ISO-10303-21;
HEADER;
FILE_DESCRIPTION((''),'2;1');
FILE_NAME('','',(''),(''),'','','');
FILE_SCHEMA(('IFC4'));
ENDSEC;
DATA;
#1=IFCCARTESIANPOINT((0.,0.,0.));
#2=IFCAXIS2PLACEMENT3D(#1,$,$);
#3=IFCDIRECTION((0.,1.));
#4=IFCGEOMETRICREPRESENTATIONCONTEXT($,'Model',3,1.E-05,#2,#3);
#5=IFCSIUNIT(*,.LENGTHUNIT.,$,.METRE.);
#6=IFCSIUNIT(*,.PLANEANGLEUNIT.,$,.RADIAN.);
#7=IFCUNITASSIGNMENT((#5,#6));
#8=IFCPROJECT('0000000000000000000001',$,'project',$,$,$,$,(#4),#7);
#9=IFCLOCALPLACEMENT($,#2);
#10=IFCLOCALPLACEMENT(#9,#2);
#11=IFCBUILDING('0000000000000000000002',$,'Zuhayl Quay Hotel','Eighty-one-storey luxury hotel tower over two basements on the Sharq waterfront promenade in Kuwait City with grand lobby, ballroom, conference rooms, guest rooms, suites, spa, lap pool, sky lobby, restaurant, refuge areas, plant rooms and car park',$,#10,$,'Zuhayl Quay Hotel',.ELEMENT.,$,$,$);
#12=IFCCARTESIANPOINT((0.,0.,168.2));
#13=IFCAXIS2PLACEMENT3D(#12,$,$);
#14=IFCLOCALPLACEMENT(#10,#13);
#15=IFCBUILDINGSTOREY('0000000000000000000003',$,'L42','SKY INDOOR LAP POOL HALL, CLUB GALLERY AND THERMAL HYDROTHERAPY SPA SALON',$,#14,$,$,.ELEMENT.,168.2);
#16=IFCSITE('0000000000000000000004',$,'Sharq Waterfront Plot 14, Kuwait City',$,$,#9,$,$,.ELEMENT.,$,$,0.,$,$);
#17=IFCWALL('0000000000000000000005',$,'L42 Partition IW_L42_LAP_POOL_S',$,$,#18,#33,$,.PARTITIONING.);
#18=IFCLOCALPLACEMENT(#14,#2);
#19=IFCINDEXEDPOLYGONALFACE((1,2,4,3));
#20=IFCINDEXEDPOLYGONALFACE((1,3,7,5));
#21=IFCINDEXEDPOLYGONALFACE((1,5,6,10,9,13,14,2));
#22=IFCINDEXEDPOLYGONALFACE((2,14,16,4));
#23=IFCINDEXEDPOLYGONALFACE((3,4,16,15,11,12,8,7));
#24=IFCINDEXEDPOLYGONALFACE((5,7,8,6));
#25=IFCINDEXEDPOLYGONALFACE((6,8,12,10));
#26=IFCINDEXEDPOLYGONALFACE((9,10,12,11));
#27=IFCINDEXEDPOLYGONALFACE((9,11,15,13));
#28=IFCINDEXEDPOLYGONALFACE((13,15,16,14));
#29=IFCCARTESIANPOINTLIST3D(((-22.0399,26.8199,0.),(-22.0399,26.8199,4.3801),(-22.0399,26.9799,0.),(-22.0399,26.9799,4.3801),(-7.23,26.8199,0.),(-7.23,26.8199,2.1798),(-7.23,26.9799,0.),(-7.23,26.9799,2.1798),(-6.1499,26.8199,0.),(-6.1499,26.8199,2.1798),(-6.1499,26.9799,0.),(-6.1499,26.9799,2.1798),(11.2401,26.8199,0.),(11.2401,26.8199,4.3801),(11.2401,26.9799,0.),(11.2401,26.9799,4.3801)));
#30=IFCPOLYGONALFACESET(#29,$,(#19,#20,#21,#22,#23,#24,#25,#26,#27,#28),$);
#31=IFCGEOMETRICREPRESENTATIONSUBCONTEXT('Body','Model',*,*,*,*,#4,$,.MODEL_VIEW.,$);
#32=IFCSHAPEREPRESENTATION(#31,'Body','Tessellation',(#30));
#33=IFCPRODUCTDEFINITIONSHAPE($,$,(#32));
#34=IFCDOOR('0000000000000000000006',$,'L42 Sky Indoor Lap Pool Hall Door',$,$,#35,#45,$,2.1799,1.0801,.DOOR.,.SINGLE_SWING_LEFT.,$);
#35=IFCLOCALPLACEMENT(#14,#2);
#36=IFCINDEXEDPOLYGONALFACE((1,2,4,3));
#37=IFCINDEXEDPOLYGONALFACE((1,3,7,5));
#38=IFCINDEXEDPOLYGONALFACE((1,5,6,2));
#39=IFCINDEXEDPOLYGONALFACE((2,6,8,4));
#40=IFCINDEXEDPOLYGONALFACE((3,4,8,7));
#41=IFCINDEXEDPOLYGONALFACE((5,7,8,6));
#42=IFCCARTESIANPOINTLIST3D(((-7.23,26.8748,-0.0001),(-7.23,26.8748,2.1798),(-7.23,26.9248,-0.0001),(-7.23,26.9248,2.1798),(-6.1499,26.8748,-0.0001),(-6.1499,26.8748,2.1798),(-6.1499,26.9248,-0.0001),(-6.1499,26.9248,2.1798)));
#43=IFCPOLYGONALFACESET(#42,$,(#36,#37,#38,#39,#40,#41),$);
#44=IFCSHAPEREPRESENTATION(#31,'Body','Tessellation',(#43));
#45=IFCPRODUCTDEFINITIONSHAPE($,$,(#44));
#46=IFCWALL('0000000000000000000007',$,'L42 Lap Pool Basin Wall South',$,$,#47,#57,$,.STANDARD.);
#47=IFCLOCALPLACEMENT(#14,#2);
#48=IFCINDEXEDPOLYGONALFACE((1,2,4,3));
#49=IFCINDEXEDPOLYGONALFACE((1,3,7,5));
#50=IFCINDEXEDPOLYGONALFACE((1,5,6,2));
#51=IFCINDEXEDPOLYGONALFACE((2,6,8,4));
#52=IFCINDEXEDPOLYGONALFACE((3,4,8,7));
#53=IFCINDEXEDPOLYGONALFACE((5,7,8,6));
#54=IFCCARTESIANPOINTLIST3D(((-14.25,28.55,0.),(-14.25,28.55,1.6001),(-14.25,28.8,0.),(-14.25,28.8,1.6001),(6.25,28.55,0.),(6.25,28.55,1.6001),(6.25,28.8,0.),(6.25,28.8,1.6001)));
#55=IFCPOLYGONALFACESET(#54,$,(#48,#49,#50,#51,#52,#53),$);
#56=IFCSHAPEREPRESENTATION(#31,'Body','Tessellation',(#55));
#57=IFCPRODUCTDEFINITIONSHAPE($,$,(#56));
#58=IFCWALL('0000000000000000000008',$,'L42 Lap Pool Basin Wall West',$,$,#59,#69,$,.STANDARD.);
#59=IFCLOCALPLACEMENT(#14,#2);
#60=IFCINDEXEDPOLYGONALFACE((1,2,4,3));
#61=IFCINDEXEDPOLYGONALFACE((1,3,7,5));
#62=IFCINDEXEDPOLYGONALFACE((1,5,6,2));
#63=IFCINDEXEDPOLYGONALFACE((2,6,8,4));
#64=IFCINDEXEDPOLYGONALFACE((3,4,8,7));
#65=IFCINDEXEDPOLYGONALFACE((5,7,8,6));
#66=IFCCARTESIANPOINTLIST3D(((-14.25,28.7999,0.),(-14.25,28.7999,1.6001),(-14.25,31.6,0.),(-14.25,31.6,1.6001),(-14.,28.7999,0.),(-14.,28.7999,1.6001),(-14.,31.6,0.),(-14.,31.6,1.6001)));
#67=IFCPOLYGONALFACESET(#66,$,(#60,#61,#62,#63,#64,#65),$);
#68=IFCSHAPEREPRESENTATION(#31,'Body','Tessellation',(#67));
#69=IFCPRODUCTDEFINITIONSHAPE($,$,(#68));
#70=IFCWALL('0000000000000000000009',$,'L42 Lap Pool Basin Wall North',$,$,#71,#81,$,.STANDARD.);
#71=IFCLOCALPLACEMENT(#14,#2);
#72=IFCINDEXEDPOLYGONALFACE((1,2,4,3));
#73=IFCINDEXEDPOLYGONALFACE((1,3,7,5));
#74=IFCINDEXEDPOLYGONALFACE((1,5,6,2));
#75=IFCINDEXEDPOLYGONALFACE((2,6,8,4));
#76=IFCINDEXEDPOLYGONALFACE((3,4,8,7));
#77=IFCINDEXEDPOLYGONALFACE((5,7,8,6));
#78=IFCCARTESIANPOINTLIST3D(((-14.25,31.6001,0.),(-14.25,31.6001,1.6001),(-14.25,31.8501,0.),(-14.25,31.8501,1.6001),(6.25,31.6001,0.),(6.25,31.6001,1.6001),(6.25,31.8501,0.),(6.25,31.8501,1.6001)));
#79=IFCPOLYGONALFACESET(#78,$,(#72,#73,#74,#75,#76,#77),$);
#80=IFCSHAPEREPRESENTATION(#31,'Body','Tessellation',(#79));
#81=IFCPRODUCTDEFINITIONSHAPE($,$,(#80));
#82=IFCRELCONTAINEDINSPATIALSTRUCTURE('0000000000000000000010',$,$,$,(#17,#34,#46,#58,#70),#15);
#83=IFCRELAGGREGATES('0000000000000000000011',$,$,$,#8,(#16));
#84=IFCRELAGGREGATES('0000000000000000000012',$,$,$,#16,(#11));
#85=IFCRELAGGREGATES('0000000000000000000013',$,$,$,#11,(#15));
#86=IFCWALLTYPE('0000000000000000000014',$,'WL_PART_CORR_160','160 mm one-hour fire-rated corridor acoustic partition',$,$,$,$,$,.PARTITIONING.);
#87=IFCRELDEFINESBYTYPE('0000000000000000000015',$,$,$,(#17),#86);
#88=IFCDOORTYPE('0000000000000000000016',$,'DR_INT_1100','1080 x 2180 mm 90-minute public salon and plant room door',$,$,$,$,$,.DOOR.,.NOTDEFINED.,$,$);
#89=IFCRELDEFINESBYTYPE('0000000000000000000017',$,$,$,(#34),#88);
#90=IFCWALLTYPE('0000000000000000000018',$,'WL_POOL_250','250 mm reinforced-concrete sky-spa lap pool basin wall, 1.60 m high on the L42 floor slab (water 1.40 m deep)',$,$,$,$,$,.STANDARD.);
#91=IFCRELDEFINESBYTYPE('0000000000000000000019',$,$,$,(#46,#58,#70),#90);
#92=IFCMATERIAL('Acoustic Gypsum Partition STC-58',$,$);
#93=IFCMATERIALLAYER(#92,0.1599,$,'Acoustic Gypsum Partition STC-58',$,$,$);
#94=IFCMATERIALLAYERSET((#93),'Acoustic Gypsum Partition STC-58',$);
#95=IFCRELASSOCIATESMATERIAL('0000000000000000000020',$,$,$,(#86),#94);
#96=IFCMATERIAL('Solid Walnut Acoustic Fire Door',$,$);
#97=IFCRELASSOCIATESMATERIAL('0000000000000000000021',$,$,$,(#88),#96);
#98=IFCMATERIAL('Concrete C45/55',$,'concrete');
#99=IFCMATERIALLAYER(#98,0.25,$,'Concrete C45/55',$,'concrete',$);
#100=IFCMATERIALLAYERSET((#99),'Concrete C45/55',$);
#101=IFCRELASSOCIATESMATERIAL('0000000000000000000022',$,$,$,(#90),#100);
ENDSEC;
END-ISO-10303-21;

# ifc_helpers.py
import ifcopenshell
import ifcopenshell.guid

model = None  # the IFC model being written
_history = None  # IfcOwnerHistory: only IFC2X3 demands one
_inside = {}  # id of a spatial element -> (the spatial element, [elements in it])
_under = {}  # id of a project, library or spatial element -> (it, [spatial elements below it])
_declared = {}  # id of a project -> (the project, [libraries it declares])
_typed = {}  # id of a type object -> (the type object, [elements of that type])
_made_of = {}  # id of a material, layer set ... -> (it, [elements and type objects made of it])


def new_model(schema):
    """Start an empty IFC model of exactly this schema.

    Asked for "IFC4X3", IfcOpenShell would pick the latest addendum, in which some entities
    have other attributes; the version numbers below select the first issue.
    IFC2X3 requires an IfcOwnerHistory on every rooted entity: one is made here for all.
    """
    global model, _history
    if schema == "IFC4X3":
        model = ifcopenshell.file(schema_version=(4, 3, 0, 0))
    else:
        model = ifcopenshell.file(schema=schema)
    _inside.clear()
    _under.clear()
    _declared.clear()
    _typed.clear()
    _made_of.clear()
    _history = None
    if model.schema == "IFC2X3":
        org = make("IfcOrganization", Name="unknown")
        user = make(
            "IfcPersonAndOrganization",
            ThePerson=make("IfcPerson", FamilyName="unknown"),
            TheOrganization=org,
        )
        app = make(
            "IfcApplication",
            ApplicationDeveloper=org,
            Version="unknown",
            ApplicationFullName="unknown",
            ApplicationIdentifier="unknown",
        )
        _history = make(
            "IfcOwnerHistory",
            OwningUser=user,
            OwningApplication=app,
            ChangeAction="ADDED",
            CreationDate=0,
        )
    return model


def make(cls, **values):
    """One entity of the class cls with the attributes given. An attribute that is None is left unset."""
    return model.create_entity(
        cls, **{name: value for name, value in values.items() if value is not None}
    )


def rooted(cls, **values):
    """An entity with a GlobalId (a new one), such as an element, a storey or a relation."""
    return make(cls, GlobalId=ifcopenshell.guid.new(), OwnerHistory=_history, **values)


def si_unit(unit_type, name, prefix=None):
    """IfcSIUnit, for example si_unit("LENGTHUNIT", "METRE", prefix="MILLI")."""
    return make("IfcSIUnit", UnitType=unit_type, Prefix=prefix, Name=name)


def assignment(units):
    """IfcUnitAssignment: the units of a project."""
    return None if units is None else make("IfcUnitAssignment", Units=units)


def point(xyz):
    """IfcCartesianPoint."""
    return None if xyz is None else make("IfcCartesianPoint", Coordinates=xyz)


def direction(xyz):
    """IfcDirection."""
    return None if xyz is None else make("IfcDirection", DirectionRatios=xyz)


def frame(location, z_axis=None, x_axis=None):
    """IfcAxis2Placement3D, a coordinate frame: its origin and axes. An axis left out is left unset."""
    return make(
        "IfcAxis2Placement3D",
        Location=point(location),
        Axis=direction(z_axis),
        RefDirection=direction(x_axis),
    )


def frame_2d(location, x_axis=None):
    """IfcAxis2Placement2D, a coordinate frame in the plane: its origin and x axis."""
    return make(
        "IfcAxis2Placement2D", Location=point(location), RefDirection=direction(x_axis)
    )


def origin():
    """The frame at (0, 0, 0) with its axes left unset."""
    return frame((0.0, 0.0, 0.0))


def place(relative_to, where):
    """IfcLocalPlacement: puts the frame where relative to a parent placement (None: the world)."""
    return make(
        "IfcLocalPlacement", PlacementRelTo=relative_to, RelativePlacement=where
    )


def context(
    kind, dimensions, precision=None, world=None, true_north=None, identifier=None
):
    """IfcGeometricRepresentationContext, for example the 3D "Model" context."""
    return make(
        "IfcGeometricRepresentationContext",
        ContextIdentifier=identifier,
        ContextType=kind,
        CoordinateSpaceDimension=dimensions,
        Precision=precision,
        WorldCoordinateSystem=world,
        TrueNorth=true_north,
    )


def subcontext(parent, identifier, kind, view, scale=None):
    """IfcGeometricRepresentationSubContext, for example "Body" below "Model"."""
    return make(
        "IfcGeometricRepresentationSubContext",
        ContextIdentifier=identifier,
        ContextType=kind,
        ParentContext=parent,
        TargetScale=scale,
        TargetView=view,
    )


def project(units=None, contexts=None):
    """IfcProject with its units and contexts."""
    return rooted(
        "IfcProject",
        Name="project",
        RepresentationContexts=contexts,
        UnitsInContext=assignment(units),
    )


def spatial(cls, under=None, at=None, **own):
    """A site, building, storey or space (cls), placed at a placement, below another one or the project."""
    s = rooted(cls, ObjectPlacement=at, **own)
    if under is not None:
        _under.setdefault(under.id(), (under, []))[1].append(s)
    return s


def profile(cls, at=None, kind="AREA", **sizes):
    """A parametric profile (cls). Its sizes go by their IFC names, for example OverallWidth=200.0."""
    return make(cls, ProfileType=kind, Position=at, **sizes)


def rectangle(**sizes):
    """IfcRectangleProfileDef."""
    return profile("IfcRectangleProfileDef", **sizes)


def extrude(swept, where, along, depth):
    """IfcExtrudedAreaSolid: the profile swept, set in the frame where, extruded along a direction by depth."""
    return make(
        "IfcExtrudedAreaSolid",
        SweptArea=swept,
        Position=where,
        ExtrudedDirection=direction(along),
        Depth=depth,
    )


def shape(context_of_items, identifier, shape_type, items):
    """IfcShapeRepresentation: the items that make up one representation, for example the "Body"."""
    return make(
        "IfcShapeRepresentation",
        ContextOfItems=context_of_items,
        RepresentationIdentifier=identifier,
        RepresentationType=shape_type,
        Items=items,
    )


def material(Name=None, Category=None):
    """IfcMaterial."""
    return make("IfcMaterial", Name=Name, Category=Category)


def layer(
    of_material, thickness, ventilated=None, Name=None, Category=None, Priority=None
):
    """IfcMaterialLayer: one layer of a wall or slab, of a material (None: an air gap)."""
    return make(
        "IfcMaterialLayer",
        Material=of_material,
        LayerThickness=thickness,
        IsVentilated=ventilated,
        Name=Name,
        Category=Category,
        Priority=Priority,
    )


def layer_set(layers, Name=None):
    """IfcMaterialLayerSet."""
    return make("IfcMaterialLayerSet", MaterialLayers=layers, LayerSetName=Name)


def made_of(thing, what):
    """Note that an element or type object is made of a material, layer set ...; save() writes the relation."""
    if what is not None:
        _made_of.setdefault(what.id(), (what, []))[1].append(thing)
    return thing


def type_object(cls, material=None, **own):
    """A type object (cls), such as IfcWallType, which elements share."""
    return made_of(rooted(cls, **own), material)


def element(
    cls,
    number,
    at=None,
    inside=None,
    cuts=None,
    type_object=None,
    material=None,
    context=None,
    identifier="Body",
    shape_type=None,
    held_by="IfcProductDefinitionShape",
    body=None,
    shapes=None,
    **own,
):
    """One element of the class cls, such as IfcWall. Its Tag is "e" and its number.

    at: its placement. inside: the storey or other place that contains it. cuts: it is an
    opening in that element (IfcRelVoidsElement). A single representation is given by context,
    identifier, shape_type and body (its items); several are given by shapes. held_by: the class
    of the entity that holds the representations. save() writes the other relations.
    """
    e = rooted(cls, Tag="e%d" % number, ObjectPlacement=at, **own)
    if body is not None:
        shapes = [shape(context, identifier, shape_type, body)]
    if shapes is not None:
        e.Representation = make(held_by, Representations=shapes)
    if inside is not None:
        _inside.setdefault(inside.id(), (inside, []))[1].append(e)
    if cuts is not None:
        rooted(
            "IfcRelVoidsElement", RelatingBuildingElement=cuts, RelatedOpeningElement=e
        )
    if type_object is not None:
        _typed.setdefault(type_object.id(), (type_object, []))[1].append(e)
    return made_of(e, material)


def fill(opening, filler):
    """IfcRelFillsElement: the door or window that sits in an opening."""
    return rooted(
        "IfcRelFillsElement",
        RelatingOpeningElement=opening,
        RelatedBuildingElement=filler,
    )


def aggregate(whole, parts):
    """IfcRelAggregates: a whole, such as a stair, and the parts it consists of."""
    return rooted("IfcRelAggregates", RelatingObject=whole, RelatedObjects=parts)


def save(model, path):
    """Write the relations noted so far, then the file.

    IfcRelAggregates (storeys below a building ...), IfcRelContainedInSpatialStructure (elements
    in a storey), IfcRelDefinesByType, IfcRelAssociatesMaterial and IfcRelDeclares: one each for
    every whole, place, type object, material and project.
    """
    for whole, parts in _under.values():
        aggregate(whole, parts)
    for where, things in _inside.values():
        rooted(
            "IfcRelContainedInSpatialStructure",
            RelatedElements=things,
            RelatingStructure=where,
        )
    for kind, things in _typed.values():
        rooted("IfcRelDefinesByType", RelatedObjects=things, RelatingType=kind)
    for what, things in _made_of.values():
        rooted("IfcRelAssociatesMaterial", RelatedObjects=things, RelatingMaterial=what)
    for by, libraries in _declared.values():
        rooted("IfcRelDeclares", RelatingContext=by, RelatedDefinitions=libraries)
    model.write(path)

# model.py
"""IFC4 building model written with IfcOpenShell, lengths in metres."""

from ifc_helpers import new_model, si_unit, direction, frame, frame_2d, origin, place, context, subcontext, project, spatial, rectangle, extrude, material, layer, layer_set, type_object, element, fill, save


model = new_model("IFC4")

# Units and contexts
model_context = context("Model", 3, precision=1e-05, world=origin(), true_north=direction((0.0, 1.0)))
body_context = subcontext(model_context, "Body", "Model", "MODEL_VIEW")
ifc_project = project(units=[si_unit("LENGTHUNIT", "METRE"), si_unit("PLANEANGLEUNIT", "RADIAN")], contexts=[model_context])

# Site, building, storey
site_placement = place(None, origin())
site = spatial("IfcSite", under=ifc_project, at=site_placement, Name="Sharq Waterfront Plot 14, Kuwait City", CompositionType="ELEMENT", RefElevation=0.0)
building_placement = place(site_placement, origin())
building = spatial("IfcBuilding", under=site, at=building_placement, Name="Zuhayl Quay Hotel", Description="Eighty-one-storey luxury hotel tower over two basements on the Sharq waterfront promenade in Kuwait City with grand lobby, ballroom, conference rooms, guest rooms, suites, spa, lap pool, sky lobby, restaurant, refuge areas, plant rooms and car park", LongName="Zuhayl Quay Hotel", CompositionType="ELEMENT")
storey_placement = place(building_placement, frame((0.0, 0.0, 168.2)))
storey = spatial("IfcBuildingStorey", under=building, at=storey_placement, Name="L42", Description="SKY INDOOR LAP POOL HALL, CLUB GALLERY AND THERMAL HYDROTHERAPY SPA SALON", CompositionType="ELEMENT", Elevation=168.2)

# Shared definitions
ifc_material_1 = material(Name="Acoustic Gypsum Partition STC-58")

# Wall, opening, door
ifc_layer_1 = layer(ifc_material_1, 0.1599, Name="Acoustic Gypsum Partition STC-58")
ifc_layer_set_1 = layer_set([ifc_layer_1], Name="Acoustic Gypsum Partition STC-58")
wall_type_1 = type_object("IfcWallType", Name="WL_PART_CORR_160", Description="160 mm one-hour fire-rated corridor acoustic partition", PredefinedType="PARTITIONING", material=ifc_layer_set_1)
wall_1_placement = place(storey_placement, frame((-22.04, 26.8999, 0.0), z_axis=(0.0, 0.0, 1.0), x_axis=(1.0, 0.0, 0.0)))
wall_1 = element("IfcWall", 1, at=wall_1_placement, inside=storey, type_object=wall_type_1, Name="L42 Partition IW_L42_LAP_POOL_S", PredefinedType="PARTITIONING", context=body_context, shape_type="SweptSolid", body=[
    extrude(rectangle(XDim=33.28, YDim=0.1599, at=frame_2d((16.6401, 0.0))), origin(), (0.0, 0.0, 1.0), 4.3801),
])
opening_1_placement = place(wall_1_placement, frame((14.8101, 0.0, 0.0)))
opening_1 = element("IfcOpeningElement", 2, at=opening_1_placement, cuts=wall_1, PredefinedType="OPENING", context=body_context, shape_type="SweptSolid", body=[
    extrude(rectangle(XDim=1.0801, YDim=2.1799, at=frame_2d((0.54, 1.0898))), frame((0.0, 0.0898, 0.0), z_axis=(0.0, -1.0, 0.0), x_axis=(1.0, 0.0, 0.0)), (0.0, 0.0, 1.0), 0.1799),
])
ifc_material_2 = material(Name="Solid Walnut Acoustic Fire Door")
door_type = type_object("IfcDoorType", Name="DR_INT_1100", Description="1080 x 2180 mm 90-minute public salon and plant room door", OperationType="NOTDEFINED", PredefinedType="DOOR", material=ifc_material_2)
door_placement = place(opening_1_placement, origin())
door = element("IfcDoor", 3, at=door_placement, inside=storey, type_object=door_type, Name="L42 Sky Indoor Lap Pool Hall Door", OperationType="SINGLE_SWING_LEFT", OverallHeight=2.1799, OverallWidth=1.0801, PredefinedType="DOOR", context=body_context, shape_type="SweptSolid", body=[
    extrude(rectangle(XDim=1.0801, YDim=2.1799, at=frame_2d((0.54, 1.0898))), frame((0.0, 0.0249, 0.0), z_axis=(0.0, -1.0, 0.0), x_axis=(1.0, 0.0, 0.0)), (0.0, 0.0, 1.0), 0.05),
])
fill(opening_1, door)

# Walls
ifc_material_3 = material(Name="Concrete C45/55", Category="concrete")
ifc_layer_2 = layer(ifc_material_3, 0.25, Name="Concrete C45/55", Category="concrete")
ifc_layer_set_2 = layer_set([ifc_layer_2], Name="Concrete C45/55")
wall_type_2 = type_object("IfcWallType", Name="WL_POOL_250", Description="250 mm reinforced-concrete sky-spa lap pool basin wall, 1.60 m high on the L42 floor slab (water 1.40 m deep)", PredefinedType="STANDARD", material=ifc_layer_set_2)
wall_2_placement = place(storey_placement, frame((-14.25, 28.675, 0.0), z_axis=(0.0, 0.0, 1.0), x_axis=(1.0, 0.0, 0.0)))
element("IfcWall", 4, at=wall_2_placement, inside=storey, type_object=wall_type_2, Name="L42 Lap Pool Basin Wall South", PredefinedType="STANDARD", context=body_context, shape_type="SweptSolid", body=[
    extrude(rectangle(XDim=20.5, YDim=0.25, at=frame_2d((10.25, 0.0))), origin(), (0.0, 0.0, 1.0), 1.6001),
])
wall_3_placement = place(storey_placement, frame((-14.125, 28.8, 0.0), z_axis=(0.0, 0.0, 1.0), x_axis=(0.0, 1.0, 0.0)))
element("IfcWall", 5, at=wall_3_placement, inside=storey, type_object=wall_type_2, Name="L42 Lap Pool Basin Wall West", PredefinedType="STANDARD", context=body_context, shape_type="SweptSolid", body=[
    extrude(rectangle(XDim=2.8, YDim=0.25, at=frame_2d((1.3999, 0.0))), origin(), (0.0, 0.0, 1.0), 1.6001),
])
wall_4_placement = place(storey_placement, frame((-14.25, 31.7251, 0.0), z_axis=(0.0, 0.0, 1.0), x_axis=(1.0, 0.0, 0.0)))
element("IfcWall", 6, at=wall_4_placement, inside=storey, type_object=wall_type_2, Name="L42 Lap Pool Basin Wall North", PredefinedType="STANDARD", context=body_context, shape_type="SweptSolid", body=[
    extrude(rectangle(XDim=20.5, YDim=0.25, at=frame_2d((10.25, 0.0))), origin(), (0.0, 0.0, 1.0), 1.6001),
])

save(model, "model.ifc")
